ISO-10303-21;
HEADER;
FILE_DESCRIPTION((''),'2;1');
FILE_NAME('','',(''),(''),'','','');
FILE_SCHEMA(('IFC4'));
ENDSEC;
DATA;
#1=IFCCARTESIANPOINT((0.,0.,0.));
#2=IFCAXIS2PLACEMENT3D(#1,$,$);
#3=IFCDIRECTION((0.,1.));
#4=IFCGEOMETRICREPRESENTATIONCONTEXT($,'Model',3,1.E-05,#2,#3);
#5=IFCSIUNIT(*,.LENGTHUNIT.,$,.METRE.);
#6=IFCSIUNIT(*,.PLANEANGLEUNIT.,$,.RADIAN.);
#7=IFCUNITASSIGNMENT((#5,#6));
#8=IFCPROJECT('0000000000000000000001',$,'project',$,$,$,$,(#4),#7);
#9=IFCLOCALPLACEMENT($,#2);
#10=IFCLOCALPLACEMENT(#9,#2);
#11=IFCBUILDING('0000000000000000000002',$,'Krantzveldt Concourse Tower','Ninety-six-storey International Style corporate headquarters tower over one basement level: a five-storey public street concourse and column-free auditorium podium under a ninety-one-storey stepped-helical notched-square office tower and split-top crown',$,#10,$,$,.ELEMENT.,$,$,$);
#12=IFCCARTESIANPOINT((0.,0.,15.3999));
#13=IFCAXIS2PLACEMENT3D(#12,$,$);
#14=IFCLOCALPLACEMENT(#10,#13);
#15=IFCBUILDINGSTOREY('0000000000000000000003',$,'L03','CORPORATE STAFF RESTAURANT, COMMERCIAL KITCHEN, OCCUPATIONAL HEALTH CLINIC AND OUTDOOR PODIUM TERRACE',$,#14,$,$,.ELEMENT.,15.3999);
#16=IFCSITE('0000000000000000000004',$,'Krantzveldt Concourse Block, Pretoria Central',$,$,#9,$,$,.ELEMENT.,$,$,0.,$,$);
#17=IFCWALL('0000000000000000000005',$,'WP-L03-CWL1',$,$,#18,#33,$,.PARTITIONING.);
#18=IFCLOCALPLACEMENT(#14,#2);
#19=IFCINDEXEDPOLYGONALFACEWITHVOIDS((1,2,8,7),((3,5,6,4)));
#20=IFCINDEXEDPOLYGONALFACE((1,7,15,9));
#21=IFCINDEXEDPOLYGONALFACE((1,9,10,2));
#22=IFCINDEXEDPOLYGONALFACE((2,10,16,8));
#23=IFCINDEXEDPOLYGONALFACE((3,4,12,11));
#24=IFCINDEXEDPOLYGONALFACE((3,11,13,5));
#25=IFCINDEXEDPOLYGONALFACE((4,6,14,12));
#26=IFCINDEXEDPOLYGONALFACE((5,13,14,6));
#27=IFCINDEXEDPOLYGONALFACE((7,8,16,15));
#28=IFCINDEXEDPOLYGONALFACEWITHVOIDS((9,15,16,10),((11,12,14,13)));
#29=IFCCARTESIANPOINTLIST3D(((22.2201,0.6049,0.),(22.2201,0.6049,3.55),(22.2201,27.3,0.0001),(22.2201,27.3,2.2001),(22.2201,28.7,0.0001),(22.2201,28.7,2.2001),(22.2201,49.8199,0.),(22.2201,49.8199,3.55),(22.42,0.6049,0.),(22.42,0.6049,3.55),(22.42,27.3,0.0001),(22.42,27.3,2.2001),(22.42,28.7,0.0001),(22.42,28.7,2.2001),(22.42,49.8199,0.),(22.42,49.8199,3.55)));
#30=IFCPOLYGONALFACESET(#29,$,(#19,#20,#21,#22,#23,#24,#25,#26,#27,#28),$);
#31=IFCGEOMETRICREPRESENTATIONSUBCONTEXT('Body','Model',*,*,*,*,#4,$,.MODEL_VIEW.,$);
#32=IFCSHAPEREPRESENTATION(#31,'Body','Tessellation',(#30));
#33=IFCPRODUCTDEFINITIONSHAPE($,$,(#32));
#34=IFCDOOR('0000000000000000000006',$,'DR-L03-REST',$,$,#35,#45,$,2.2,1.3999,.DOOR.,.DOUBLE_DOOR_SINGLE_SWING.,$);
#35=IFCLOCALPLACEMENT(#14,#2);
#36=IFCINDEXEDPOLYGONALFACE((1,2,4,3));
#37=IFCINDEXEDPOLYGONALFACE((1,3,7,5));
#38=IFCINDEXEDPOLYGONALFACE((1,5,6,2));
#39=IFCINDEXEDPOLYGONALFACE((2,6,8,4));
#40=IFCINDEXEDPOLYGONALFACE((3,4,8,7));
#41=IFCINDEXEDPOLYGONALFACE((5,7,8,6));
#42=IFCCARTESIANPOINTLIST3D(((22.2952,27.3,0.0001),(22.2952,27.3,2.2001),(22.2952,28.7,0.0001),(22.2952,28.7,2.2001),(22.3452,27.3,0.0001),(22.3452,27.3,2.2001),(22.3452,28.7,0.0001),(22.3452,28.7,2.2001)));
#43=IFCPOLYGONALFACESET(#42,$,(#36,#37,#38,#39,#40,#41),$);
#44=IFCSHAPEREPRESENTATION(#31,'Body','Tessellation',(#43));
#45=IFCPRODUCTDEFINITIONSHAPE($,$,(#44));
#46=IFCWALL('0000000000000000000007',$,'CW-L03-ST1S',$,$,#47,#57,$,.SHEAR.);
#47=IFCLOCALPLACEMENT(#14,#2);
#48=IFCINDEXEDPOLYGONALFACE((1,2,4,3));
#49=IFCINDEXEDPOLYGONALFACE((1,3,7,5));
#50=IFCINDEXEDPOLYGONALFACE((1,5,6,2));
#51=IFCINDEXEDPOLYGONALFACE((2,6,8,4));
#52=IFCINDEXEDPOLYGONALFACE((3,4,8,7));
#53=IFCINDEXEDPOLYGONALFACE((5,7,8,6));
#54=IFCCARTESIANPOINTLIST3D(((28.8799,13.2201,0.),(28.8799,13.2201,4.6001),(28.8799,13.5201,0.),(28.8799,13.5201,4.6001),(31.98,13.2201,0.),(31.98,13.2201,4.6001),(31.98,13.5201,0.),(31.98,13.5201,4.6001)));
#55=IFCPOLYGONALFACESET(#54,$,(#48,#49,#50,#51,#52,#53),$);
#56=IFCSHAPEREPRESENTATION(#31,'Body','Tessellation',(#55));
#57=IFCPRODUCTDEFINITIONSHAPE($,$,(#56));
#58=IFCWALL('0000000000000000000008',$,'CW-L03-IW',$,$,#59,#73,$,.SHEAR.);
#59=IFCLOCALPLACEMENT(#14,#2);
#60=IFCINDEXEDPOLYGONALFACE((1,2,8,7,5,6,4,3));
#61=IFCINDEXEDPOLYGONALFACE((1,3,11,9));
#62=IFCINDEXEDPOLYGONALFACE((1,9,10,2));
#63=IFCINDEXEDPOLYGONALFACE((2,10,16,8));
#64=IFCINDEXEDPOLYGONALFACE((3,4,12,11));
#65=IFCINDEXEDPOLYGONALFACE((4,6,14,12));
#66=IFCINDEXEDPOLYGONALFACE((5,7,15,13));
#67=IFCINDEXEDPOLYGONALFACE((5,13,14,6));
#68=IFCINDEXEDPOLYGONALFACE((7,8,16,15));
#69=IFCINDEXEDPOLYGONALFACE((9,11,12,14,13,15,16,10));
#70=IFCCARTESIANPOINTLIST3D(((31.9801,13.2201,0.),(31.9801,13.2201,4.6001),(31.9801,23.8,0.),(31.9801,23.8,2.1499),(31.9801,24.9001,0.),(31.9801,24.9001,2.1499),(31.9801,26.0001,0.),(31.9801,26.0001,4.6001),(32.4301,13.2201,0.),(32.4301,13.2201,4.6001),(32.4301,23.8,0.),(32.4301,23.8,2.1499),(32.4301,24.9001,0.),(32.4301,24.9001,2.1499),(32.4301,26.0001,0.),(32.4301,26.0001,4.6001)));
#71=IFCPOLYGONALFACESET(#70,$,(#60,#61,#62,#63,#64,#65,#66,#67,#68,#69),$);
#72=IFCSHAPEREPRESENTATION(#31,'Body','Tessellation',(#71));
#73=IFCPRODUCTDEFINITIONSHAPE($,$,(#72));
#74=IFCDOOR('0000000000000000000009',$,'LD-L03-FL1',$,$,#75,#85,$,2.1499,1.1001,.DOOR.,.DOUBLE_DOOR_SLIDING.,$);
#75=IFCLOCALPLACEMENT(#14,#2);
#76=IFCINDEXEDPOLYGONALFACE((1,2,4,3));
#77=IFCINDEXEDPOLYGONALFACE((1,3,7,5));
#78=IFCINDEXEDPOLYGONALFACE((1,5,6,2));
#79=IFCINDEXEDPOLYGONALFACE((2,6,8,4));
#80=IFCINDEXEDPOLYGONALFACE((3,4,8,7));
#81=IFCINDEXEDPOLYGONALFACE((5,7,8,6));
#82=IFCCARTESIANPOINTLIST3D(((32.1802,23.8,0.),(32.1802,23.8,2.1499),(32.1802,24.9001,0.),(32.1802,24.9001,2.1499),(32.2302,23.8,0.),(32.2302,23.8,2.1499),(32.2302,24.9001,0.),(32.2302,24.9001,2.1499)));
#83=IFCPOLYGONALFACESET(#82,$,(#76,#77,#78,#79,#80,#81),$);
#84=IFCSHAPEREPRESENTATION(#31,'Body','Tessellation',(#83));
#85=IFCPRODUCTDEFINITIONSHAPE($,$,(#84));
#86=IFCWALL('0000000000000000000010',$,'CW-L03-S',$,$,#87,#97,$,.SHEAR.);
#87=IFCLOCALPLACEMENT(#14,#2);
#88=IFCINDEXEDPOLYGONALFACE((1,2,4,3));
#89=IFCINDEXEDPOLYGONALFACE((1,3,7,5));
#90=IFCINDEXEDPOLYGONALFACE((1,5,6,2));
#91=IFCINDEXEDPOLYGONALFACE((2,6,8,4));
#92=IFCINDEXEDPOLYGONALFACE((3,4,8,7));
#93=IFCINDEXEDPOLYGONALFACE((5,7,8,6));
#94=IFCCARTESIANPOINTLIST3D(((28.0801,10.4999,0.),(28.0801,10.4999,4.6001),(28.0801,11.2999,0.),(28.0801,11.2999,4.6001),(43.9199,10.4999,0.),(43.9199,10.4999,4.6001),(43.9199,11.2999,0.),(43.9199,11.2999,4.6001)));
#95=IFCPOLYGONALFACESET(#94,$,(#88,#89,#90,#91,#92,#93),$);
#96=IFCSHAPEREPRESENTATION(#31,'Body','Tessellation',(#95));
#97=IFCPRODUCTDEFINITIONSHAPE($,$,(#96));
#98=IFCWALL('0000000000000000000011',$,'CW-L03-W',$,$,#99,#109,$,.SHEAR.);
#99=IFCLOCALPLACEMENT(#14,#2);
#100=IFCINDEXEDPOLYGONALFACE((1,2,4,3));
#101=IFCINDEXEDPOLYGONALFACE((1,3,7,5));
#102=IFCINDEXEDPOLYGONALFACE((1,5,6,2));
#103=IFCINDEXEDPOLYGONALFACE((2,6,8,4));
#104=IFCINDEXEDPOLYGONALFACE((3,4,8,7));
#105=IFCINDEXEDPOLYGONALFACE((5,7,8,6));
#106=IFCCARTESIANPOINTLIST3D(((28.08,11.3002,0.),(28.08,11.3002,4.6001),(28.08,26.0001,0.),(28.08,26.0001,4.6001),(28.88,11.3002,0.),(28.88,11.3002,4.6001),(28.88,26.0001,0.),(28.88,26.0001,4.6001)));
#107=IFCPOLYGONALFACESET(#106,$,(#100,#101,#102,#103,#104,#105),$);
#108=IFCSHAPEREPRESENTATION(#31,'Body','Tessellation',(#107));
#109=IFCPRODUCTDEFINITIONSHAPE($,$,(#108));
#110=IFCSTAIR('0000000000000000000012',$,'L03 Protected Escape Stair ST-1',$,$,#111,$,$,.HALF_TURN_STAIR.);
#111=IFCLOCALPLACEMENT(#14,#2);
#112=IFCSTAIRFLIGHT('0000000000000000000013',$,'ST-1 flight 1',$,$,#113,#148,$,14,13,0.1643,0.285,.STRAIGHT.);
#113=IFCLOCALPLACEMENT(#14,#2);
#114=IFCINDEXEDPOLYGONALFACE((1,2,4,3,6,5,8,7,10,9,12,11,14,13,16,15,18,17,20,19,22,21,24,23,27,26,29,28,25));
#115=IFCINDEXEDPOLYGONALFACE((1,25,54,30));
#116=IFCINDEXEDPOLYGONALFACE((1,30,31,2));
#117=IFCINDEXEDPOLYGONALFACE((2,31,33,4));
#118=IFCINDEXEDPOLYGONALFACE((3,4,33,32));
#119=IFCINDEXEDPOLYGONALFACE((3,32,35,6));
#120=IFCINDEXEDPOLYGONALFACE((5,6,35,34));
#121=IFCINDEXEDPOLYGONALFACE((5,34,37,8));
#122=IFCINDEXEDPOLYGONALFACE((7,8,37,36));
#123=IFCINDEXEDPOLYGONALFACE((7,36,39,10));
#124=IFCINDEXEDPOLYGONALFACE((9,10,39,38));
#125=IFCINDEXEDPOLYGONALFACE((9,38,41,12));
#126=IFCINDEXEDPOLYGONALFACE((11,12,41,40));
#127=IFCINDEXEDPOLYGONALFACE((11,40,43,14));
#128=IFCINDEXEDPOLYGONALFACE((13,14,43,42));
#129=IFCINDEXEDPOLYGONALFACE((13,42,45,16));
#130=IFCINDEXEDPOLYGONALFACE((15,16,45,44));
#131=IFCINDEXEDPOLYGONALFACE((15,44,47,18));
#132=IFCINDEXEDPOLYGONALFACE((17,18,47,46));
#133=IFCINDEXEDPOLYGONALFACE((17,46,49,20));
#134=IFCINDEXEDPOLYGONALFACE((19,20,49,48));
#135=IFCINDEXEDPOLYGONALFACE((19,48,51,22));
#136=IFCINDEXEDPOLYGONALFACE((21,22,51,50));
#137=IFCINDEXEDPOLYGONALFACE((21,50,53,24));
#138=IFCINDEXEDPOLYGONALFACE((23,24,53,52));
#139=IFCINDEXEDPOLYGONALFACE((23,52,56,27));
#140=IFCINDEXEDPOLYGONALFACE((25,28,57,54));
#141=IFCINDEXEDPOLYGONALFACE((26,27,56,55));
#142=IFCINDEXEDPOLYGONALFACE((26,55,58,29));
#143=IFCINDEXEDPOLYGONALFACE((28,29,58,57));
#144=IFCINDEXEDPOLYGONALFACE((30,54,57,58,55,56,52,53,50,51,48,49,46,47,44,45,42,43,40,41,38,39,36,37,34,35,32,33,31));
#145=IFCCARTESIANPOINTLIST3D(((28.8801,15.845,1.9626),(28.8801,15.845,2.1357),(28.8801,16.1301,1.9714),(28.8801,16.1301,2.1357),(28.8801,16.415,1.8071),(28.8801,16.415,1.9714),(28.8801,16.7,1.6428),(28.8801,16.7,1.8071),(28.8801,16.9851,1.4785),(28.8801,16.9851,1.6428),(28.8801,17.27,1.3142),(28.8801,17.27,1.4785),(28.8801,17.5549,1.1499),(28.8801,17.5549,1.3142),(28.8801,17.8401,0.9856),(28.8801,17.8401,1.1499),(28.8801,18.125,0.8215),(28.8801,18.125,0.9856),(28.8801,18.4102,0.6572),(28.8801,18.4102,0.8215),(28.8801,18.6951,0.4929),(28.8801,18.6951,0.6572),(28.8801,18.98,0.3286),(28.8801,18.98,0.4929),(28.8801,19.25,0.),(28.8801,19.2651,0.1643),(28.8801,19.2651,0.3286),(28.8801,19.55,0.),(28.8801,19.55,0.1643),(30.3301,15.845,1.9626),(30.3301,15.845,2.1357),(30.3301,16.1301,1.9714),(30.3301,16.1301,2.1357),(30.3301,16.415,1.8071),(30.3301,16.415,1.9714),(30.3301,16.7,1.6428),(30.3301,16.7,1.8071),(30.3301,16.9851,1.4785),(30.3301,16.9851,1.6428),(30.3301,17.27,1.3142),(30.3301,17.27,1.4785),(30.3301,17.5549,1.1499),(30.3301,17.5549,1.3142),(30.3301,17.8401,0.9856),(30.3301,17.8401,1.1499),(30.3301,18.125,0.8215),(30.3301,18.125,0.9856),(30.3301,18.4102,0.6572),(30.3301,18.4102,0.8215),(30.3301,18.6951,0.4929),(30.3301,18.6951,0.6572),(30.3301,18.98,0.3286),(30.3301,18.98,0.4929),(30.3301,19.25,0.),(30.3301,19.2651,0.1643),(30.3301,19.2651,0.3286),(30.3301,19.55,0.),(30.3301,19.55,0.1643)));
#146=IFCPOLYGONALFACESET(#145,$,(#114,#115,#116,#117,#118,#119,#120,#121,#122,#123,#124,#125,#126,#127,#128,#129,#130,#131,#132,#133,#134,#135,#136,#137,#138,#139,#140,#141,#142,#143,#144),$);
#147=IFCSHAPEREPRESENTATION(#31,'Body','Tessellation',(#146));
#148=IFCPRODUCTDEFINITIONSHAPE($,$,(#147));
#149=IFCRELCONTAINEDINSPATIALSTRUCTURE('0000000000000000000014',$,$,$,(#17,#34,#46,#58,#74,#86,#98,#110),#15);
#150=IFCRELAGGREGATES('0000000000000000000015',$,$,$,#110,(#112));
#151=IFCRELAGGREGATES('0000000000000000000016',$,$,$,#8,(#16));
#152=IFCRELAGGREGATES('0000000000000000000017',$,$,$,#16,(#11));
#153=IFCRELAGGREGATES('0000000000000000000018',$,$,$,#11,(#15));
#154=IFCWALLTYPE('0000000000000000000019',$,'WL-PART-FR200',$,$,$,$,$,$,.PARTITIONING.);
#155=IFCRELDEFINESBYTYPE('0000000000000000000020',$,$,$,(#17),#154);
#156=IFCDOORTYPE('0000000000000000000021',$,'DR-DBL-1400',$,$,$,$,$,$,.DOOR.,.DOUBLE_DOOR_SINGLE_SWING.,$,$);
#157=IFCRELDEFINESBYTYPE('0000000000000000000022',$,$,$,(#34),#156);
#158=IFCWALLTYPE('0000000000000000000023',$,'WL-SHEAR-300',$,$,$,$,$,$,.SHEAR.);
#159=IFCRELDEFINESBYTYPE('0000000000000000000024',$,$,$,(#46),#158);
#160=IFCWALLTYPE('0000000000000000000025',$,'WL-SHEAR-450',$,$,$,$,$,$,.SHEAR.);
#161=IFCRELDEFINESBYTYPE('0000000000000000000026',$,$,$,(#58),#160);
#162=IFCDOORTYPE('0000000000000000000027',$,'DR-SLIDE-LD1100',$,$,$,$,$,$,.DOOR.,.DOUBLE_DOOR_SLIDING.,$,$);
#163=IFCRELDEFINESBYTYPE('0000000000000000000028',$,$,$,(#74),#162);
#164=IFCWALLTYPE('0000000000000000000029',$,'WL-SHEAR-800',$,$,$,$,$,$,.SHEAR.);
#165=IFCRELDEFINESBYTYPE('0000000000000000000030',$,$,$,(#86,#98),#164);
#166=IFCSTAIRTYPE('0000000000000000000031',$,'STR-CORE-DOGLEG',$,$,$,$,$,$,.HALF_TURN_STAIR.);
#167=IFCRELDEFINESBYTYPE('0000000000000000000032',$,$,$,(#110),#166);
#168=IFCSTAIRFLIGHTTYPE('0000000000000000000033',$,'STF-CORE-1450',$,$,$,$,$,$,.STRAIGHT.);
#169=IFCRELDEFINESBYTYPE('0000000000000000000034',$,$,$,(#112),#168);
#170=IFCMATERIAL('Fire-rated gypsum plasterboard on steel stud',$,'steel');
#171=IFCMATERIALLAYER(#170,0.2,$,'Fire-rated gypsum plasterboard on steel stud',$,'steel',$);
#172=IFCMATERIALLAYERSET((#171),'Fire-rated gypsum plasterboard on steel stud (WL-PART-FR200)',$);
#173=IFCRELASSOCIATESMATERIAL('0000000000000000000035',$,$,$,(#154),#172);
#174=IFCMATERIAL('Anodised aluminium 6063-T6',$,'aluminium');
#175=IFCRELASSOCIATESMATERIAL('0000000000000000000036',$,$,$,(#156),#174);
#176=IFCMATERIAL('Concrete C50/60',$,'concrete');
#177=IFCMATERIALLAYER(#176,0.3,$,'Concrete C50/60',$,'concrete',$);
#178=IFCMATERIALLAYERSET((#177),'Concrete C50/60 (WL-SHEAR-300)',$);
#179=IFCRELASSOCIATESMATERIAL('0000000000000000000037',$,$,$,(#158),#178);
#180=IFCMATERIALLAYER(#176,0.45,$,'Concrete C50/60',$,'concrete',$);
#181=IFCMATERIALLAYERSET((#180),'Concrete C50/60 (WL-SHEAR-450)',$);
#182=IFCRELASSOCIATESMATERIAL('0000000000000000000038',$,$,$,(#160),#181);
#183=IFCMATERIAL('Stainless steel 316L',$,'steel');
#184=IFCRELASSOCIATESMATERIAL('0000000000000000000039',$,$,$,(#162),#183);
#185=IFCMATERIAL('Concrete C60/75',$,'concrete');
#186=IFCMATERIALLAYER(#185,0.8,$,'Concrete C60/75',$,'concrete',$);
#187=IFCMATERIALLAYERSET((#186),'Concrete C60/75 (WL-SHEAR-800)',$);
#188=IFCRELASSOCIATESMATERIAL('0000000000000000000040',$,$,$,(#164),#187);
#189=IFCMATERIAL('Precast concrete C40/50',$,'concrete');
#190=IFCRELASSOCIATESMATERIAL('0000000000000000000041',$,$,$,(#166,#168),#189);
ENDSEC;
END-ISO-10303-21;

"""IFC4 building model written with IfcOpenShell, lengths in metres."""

from ifc_helpers import new_model, si_unit, direction, frame, frame_2d, origin, place, context, subcontext, project, spatial, polyline, rectangle, outline, extrude, material, layer, layer_set, type_object, element, fill, aggregate, save


model = new_model("IFC4")

# Units and contexts
model_context = context("Model", 3, precision=1e-05, world=origin(), true_north=direction((0.0, 1.0)))
body_context = subcontext(model_context, "Body", "Model", "MODEL_VIEW")
ifc_project = project(units=[si_unit("LENGTHUNIT", "METRE"), si_unit("PLANEANGLEUNIT", "RADIAN")], contexts=[model_context])

# Site, building, storey
site_placement = place(None, origin())
site = spatial("IfcSite", under=ifc_project, at=site_placement, Name="Krantzveldt Concourse Block, Pretoria Central", CompositionType="ELEMENT", RefElevation=0.0)
building_placement = place(site_placement, origin())
building = spatial("IfcBuilding", under=site, at=building_placement, Name="Krantzveldt Concourse Tower", Description="Ninety-six-storey International Style corporate headquarters tower over one basement level: a five-storey public street concourse and column-free auditorium podium under a ninety-one-storey stepped-helical notched-square office tower and split-top crown", CompositionType="ELEMENT")
storey_placement = place(building_placement, frame((0.0, 0.0, 15.3999)))
storey = spatial("IfcBuildingStorey", under=building, at=storey_placement, Name="L03", Description="CORPORATE STAFF RESTAURANT, COMMERCIAL KITCHEN, OCCUPATIONAL HEALTH CLINIC AND OUTDOOR PODIUM TERRACE", CompositionType="ELEMENT", Elevation=15.3999)

# Shared definitions
ifc_material_1 = material(Name="Concrete C60/75", Category="concrete")
ifc_material_2 = material(Name="Concrete C50/60", Category="concrete")

# Shared definitions
ifc_material_3 = material(Name="Fire-rated gypsum plasterboard on steel stud", Category="steel")

# Wall, opening, door
ifc_layer_1 = layer(ifc_material_3, 0.2, Name="Fire-rated gypsum plasterboard on steel stud", Category="steel")
ifc_layer_set_1 = layer_set([ifc_layer_1], Name="Fire-rated gypsum plasterboard on steel stud (WL-PART-FR200)")
wall_type_1 = type_object("IfcWallType", Name="WL-PART-FR200", PredefinedType="PARTITIONING", material=ifc_layer_set_1)
wall_1_placement = place(storey_placement, frame((22.3201, 0.605, 0.0), z_axis=(0.0, 0.0, 1.0), x_axis=(0.0, 1.0, 0.0)))
wall_1 = element("IfcWall", 1, at=wall_1_placement, inside=storey, type_object=wall_type_1, Name="WP-L03-CWL1", PredefinedType="PARTITIONING", context=body_context, shape_type="SweptSolid", body=[
    extrude(rectangle(XDim=49.2151, YDim=0.2, at=frame_2d((24.6074, 0.0))), origin(), (0.0, 0.0, 1.0), 3.55),
])
opening_1_placement = place(wall_1_placement, frame((26.6951, 0.0, 0.0)))
opening_1 = element("IfcOpeningElement", 2, at=opening_1_placement, cuts=wall_1, PredefinedType="OPENING", context=body_context, shape_type="SweptSolid", body=[
    extrude(rectangle(XDim=1.3999, YDim=2.2, at=frame_2d((0.7, 1.1001))), frame((0.0, 0.1099, 0.0), z_axis=(0.0, -1.0, 0.0), x_axis=(1.0, 0.0, 0.0)), (0.0, 0.0, 1.0), 0.22),
])
ifc_material_4 = material(Name="Anodised aluminium 6063-T6", Category="aluminium")
door_type_1 = type_object("IfcDoorType", Name="DR-DBL-1400", OperationType="DOUBLE_DOOR_SINGLE_SWING", PredefinedType="DOOR", material=ifc_material_4)
door_1_placement = place(opening_1_placement, origin())
door_1 = element("IfcDoor", 3, at=door_1_placement, inside=storey, type_object=door_type_1, Name="DR-L03-REST", OperationType="DOUBLE_DOOR_SINGLE_SWING", OverallHeight=2.2, OverallWidth=1.3999, PredefinedType="DOOR", context=body_context, shape_type="SweptSolid", body=[
    extrude(rectangle(XDim=1.3999, YDim=2.2, at=frame_2d((0.7, 1.1001))), frame((0.0, 0.0249, 0.0), z_axis=(0.0, -1.0, 0.0), x_axis=(1.0, 0.0, 0.0)), (0.0, 0.0, 1.0), 0.05),
])
fill(opening_1, door_1)

# Wall
ifc_layer_2 = layer(ifc_material_2, 0.3, Name="Concrete C50/60", Category="concrete")
ifc_layer_set_2 = layer_set([ifc_layer_2], Name="Concrete C50/60 (WL-SHEAR-300)")
wall_type_2 = type_object("IfcWallType", Name="WL-SHEAR-300", PredefinedType="SHEAR", material=ifc_layer_set_2)
wall_2_placement = place(storey_placement, frame((28.8799, 13.3701, 0.0), z_axis=(0.0, 0.0, 1.0), x_axis=(1.0, 0.0, 0.0)))
element("IfcWall", 4, at=wall_2_placement, inside=storey, type_object=wall_type_2, Name="CW-L03-ST1S", PredefinedType="SHEAR", context=body_context, shape_type="SweptSolid", body=[
    extrude(rectangle(XDim=3.1001, YDim=0.3, at=frame_2d((1.55, 0.0))), origin(), (0.0, 0.0, 1.0), 4.6001),
])

# Wall, opening, door
ifc_layer_3 = layer(ifc_material_2, 0.45, Name="Concrete C50/60", Category="concrete")
ifc_layer_set_3 = layer_set([ifc_layer_3], Name="Concrete C50/60 (WL-SHEAR-450)")
wall_type_3 = type_object("IfcWallType", Name="WL-SHEAR-450", PredefinedType="SHEAR", material=ifc_layer_set_3)
wall_3_placement = place(storey_placement, frame((32.2051, 13.22, 0.0), z_axis=(0.0, 0.0, 1.0), x_axis=(0.0, 1.0, 0.0)))
wall_3 = element("IfcWall", 5, at=wall_3_placement, inside=storey, type_object=wall_type_3, Name="CW-L03-IW", PredefinedType="SHEAR", context=body_context, shape_type="SweptSolid", body=[
    extrude(rectangle(XDim=12.78, YDim=0.45, at=frame_2d((6.3901, 0.0))), origin(), (0.0, 0.0, 1.0), 4.6001),
])
opening_2_placement = place(wall_3_placement, frame((10.5801, 0.0, 0.0)))
opening_2 = element("IfcOpeningElement", 6, at=opening_2_placement, cuts=wall_3, PredefinedType="OPENING", context=body_context, shape_type="SweptSolid", body=[
    extrude(rectangle(XDim=1.1001, YDim=2.1499, at=frame_2d((0.55, 1.075))), frame((0.0, 0.2349, 0.0), z_axis=(0.0, -1.0, 0.0), x_axis=(1.0, 0.0, 0.0)), (0.0, 0.0, 1.0), 0.47),
])
ifc_material_5 = material(Name="Stainless steel 316L", Category="steel")
door_type_2 = type_object("IfcDoorType", Name="DR-SLIDE-LD1100", OperationType="DOUBLE_DOOR_SLIDING", PredefinedType="DOOR", material=ifc_material_5)
door_2_placement = place(opening_2_placement, origin())
door_2 = element("IfcDoor", 7, at=door_2_placement, inside=storey, type_object=door_type_2, Name="LD-L03-FL1", OperationType="DOUBLE_DOOR_SLIDING", OverallHeight=2.1499, OverallWidth=1.1001, PredefinedType="DOOR", context=body_context, shape_type="SweptSolid", body=[
    extrude(rectangle(XDim=1.1001, YDim=2.1499, at=frame_2d((0.55, 1.075))), frame((0.0, 0.0249, 0.0), z_axis=(0.0, -1.0, 0.0), x_axis=(1.0, 0.0, 0.0)), (0.0, 0.0, 1.0), 0.05),
])
fill(opening_2, door_2)

# Walls
ifc_layer_4 = layer(ifc_material_1, 0.8, Name="Concrete C60/75", Category="concrete")
ifc_layer_set_4 = layer_set([ifc_layer_4], Name="Concrete C60/75 (WL-SHEAR-800)")
wall_type_4 = type_object("IfcWallType", Name="WL-SHEAR-800", PredefinedType="SHEAR", material=ifc_layer_set_4)
wall_4_placement = place(storey_placement, frame((28.0801, 10.8999, 0.0), z_axis=(0.0, 0.0, 1.0), x_axis=(1.0, 0.0, 0.0)))
element("IfcWall", 8, at=wall_4_placement, inside=storey, type_object=wall_type_4, Name="CW-L03-S", PredefinedType="SHEAR", context=body_context, shape_type="SweptSolid", body=[
    extrude(rectangle(XDim=15.8398, YDim=0.8, at=frame_2d((7.9199, 0.0))), origin(), (0.0, 0.0, 1.0), 4.6001),
])
wall_5_placement = place(storey_placement, frame((28.48, 11.3, 0.0), z_axis=(0.0, 0.0, 1.0), x_axis=(0.0, 1.0, 0.0)))
element("IfcWall", 9, at=wall_5_placement, inside=storey, type_object=wall_type_4, Name="CW-L03-W", PredefinedType="SHEAR", context=body_context, shape_type="SweptSolid", body=[
    extrude(rectangle(XDim=14.7, YDim=0.8, at=frame_2d((7.3501, 0.0))), origin(), (0.0, 0.0, 1.0), 4.6001),
])

# Stair, stair flight
ifc_material_6 = material(Name="Precast concrete C40/50", Category="concrete")
stair_type = type_object("IfcStairType", Name="STR-CORE-DOGLEG", PredefinedType="HALF_TURN_STAIR", material=ifc_material_6)
stair_placement = place(storey_placement, origin())
stair = element("IfcStair", 10, at=stair_placement, inside=storey, type_object=stair_type, Name="L03 Protected Escape Stair ST-1", PredefinedType="HALF_TURN_STAIR")
stair_flight_type = type_object("IfcStairFlightType", Name="STF-CORE-1450", PredefinedType="STRAIGHT", material=ifc_material_6)
stair_flight_1_placement = place(storey_placement, frame((29.605, 19.55, 0.0), z_axis=(0.0, 0.0, 1.0), x_axis=(0.0, -1.0, 0.0)))
stair_flight_1 = element("IfcStairFlight", 11, at=stair_flight_1_placement, type_object=stair_flight_type, Name="ST-1 flight 1", NumberOfRisers=14, NumberOfTreads=13, PredefinedType="STRAIGHT", RiserHeight=0.1643, TreadLength=0.285, context=body_context, shape_type="SweptSolid", body=[
    extrude(outline(polyline([(0.0, 0.0), (0.0, 0.1643), (0.2849, 0.1643), (0.2849, 0.3286), (0.5701, 0.3286), (0.5701, 0.4929), (0.855, 0.4929), (0.855, 0.6572), (1.1399, 0.6572), (1.1399, 0.8215), (1.425, 0.8215), (1.425, 0.9856), (1.71, 0.9856), (1.71, 1.1499), (1.9951, 1.1499), (1.9951, 1.3142), (2.28, 1.3142), (2.28, 1.4785), (2.5649, 1.4785), (2.5649, 1.6428), (2.8501, 1.6428), (2.8501, 1.8071), (3.135, 1.8071), (3.135, 1.9714), (3.4199, 1.9714), (3.4199, 2.1357), (3.7051, 2.1357), (3.7051, 2.3), (3.7051, 1.9626), (0.3, 0.0), (0.0, 0.0)])), frame((0.0, 0.7251, 0.0), z_axis=(0.0, -1.0, 0.0), x_axis=(1.0, 0.0, 0.0)), (0.0, 0.0, 1.0), 1.45),
])
aggregate(stair, [stair_flight_1])

save(model, "model.ifc")
